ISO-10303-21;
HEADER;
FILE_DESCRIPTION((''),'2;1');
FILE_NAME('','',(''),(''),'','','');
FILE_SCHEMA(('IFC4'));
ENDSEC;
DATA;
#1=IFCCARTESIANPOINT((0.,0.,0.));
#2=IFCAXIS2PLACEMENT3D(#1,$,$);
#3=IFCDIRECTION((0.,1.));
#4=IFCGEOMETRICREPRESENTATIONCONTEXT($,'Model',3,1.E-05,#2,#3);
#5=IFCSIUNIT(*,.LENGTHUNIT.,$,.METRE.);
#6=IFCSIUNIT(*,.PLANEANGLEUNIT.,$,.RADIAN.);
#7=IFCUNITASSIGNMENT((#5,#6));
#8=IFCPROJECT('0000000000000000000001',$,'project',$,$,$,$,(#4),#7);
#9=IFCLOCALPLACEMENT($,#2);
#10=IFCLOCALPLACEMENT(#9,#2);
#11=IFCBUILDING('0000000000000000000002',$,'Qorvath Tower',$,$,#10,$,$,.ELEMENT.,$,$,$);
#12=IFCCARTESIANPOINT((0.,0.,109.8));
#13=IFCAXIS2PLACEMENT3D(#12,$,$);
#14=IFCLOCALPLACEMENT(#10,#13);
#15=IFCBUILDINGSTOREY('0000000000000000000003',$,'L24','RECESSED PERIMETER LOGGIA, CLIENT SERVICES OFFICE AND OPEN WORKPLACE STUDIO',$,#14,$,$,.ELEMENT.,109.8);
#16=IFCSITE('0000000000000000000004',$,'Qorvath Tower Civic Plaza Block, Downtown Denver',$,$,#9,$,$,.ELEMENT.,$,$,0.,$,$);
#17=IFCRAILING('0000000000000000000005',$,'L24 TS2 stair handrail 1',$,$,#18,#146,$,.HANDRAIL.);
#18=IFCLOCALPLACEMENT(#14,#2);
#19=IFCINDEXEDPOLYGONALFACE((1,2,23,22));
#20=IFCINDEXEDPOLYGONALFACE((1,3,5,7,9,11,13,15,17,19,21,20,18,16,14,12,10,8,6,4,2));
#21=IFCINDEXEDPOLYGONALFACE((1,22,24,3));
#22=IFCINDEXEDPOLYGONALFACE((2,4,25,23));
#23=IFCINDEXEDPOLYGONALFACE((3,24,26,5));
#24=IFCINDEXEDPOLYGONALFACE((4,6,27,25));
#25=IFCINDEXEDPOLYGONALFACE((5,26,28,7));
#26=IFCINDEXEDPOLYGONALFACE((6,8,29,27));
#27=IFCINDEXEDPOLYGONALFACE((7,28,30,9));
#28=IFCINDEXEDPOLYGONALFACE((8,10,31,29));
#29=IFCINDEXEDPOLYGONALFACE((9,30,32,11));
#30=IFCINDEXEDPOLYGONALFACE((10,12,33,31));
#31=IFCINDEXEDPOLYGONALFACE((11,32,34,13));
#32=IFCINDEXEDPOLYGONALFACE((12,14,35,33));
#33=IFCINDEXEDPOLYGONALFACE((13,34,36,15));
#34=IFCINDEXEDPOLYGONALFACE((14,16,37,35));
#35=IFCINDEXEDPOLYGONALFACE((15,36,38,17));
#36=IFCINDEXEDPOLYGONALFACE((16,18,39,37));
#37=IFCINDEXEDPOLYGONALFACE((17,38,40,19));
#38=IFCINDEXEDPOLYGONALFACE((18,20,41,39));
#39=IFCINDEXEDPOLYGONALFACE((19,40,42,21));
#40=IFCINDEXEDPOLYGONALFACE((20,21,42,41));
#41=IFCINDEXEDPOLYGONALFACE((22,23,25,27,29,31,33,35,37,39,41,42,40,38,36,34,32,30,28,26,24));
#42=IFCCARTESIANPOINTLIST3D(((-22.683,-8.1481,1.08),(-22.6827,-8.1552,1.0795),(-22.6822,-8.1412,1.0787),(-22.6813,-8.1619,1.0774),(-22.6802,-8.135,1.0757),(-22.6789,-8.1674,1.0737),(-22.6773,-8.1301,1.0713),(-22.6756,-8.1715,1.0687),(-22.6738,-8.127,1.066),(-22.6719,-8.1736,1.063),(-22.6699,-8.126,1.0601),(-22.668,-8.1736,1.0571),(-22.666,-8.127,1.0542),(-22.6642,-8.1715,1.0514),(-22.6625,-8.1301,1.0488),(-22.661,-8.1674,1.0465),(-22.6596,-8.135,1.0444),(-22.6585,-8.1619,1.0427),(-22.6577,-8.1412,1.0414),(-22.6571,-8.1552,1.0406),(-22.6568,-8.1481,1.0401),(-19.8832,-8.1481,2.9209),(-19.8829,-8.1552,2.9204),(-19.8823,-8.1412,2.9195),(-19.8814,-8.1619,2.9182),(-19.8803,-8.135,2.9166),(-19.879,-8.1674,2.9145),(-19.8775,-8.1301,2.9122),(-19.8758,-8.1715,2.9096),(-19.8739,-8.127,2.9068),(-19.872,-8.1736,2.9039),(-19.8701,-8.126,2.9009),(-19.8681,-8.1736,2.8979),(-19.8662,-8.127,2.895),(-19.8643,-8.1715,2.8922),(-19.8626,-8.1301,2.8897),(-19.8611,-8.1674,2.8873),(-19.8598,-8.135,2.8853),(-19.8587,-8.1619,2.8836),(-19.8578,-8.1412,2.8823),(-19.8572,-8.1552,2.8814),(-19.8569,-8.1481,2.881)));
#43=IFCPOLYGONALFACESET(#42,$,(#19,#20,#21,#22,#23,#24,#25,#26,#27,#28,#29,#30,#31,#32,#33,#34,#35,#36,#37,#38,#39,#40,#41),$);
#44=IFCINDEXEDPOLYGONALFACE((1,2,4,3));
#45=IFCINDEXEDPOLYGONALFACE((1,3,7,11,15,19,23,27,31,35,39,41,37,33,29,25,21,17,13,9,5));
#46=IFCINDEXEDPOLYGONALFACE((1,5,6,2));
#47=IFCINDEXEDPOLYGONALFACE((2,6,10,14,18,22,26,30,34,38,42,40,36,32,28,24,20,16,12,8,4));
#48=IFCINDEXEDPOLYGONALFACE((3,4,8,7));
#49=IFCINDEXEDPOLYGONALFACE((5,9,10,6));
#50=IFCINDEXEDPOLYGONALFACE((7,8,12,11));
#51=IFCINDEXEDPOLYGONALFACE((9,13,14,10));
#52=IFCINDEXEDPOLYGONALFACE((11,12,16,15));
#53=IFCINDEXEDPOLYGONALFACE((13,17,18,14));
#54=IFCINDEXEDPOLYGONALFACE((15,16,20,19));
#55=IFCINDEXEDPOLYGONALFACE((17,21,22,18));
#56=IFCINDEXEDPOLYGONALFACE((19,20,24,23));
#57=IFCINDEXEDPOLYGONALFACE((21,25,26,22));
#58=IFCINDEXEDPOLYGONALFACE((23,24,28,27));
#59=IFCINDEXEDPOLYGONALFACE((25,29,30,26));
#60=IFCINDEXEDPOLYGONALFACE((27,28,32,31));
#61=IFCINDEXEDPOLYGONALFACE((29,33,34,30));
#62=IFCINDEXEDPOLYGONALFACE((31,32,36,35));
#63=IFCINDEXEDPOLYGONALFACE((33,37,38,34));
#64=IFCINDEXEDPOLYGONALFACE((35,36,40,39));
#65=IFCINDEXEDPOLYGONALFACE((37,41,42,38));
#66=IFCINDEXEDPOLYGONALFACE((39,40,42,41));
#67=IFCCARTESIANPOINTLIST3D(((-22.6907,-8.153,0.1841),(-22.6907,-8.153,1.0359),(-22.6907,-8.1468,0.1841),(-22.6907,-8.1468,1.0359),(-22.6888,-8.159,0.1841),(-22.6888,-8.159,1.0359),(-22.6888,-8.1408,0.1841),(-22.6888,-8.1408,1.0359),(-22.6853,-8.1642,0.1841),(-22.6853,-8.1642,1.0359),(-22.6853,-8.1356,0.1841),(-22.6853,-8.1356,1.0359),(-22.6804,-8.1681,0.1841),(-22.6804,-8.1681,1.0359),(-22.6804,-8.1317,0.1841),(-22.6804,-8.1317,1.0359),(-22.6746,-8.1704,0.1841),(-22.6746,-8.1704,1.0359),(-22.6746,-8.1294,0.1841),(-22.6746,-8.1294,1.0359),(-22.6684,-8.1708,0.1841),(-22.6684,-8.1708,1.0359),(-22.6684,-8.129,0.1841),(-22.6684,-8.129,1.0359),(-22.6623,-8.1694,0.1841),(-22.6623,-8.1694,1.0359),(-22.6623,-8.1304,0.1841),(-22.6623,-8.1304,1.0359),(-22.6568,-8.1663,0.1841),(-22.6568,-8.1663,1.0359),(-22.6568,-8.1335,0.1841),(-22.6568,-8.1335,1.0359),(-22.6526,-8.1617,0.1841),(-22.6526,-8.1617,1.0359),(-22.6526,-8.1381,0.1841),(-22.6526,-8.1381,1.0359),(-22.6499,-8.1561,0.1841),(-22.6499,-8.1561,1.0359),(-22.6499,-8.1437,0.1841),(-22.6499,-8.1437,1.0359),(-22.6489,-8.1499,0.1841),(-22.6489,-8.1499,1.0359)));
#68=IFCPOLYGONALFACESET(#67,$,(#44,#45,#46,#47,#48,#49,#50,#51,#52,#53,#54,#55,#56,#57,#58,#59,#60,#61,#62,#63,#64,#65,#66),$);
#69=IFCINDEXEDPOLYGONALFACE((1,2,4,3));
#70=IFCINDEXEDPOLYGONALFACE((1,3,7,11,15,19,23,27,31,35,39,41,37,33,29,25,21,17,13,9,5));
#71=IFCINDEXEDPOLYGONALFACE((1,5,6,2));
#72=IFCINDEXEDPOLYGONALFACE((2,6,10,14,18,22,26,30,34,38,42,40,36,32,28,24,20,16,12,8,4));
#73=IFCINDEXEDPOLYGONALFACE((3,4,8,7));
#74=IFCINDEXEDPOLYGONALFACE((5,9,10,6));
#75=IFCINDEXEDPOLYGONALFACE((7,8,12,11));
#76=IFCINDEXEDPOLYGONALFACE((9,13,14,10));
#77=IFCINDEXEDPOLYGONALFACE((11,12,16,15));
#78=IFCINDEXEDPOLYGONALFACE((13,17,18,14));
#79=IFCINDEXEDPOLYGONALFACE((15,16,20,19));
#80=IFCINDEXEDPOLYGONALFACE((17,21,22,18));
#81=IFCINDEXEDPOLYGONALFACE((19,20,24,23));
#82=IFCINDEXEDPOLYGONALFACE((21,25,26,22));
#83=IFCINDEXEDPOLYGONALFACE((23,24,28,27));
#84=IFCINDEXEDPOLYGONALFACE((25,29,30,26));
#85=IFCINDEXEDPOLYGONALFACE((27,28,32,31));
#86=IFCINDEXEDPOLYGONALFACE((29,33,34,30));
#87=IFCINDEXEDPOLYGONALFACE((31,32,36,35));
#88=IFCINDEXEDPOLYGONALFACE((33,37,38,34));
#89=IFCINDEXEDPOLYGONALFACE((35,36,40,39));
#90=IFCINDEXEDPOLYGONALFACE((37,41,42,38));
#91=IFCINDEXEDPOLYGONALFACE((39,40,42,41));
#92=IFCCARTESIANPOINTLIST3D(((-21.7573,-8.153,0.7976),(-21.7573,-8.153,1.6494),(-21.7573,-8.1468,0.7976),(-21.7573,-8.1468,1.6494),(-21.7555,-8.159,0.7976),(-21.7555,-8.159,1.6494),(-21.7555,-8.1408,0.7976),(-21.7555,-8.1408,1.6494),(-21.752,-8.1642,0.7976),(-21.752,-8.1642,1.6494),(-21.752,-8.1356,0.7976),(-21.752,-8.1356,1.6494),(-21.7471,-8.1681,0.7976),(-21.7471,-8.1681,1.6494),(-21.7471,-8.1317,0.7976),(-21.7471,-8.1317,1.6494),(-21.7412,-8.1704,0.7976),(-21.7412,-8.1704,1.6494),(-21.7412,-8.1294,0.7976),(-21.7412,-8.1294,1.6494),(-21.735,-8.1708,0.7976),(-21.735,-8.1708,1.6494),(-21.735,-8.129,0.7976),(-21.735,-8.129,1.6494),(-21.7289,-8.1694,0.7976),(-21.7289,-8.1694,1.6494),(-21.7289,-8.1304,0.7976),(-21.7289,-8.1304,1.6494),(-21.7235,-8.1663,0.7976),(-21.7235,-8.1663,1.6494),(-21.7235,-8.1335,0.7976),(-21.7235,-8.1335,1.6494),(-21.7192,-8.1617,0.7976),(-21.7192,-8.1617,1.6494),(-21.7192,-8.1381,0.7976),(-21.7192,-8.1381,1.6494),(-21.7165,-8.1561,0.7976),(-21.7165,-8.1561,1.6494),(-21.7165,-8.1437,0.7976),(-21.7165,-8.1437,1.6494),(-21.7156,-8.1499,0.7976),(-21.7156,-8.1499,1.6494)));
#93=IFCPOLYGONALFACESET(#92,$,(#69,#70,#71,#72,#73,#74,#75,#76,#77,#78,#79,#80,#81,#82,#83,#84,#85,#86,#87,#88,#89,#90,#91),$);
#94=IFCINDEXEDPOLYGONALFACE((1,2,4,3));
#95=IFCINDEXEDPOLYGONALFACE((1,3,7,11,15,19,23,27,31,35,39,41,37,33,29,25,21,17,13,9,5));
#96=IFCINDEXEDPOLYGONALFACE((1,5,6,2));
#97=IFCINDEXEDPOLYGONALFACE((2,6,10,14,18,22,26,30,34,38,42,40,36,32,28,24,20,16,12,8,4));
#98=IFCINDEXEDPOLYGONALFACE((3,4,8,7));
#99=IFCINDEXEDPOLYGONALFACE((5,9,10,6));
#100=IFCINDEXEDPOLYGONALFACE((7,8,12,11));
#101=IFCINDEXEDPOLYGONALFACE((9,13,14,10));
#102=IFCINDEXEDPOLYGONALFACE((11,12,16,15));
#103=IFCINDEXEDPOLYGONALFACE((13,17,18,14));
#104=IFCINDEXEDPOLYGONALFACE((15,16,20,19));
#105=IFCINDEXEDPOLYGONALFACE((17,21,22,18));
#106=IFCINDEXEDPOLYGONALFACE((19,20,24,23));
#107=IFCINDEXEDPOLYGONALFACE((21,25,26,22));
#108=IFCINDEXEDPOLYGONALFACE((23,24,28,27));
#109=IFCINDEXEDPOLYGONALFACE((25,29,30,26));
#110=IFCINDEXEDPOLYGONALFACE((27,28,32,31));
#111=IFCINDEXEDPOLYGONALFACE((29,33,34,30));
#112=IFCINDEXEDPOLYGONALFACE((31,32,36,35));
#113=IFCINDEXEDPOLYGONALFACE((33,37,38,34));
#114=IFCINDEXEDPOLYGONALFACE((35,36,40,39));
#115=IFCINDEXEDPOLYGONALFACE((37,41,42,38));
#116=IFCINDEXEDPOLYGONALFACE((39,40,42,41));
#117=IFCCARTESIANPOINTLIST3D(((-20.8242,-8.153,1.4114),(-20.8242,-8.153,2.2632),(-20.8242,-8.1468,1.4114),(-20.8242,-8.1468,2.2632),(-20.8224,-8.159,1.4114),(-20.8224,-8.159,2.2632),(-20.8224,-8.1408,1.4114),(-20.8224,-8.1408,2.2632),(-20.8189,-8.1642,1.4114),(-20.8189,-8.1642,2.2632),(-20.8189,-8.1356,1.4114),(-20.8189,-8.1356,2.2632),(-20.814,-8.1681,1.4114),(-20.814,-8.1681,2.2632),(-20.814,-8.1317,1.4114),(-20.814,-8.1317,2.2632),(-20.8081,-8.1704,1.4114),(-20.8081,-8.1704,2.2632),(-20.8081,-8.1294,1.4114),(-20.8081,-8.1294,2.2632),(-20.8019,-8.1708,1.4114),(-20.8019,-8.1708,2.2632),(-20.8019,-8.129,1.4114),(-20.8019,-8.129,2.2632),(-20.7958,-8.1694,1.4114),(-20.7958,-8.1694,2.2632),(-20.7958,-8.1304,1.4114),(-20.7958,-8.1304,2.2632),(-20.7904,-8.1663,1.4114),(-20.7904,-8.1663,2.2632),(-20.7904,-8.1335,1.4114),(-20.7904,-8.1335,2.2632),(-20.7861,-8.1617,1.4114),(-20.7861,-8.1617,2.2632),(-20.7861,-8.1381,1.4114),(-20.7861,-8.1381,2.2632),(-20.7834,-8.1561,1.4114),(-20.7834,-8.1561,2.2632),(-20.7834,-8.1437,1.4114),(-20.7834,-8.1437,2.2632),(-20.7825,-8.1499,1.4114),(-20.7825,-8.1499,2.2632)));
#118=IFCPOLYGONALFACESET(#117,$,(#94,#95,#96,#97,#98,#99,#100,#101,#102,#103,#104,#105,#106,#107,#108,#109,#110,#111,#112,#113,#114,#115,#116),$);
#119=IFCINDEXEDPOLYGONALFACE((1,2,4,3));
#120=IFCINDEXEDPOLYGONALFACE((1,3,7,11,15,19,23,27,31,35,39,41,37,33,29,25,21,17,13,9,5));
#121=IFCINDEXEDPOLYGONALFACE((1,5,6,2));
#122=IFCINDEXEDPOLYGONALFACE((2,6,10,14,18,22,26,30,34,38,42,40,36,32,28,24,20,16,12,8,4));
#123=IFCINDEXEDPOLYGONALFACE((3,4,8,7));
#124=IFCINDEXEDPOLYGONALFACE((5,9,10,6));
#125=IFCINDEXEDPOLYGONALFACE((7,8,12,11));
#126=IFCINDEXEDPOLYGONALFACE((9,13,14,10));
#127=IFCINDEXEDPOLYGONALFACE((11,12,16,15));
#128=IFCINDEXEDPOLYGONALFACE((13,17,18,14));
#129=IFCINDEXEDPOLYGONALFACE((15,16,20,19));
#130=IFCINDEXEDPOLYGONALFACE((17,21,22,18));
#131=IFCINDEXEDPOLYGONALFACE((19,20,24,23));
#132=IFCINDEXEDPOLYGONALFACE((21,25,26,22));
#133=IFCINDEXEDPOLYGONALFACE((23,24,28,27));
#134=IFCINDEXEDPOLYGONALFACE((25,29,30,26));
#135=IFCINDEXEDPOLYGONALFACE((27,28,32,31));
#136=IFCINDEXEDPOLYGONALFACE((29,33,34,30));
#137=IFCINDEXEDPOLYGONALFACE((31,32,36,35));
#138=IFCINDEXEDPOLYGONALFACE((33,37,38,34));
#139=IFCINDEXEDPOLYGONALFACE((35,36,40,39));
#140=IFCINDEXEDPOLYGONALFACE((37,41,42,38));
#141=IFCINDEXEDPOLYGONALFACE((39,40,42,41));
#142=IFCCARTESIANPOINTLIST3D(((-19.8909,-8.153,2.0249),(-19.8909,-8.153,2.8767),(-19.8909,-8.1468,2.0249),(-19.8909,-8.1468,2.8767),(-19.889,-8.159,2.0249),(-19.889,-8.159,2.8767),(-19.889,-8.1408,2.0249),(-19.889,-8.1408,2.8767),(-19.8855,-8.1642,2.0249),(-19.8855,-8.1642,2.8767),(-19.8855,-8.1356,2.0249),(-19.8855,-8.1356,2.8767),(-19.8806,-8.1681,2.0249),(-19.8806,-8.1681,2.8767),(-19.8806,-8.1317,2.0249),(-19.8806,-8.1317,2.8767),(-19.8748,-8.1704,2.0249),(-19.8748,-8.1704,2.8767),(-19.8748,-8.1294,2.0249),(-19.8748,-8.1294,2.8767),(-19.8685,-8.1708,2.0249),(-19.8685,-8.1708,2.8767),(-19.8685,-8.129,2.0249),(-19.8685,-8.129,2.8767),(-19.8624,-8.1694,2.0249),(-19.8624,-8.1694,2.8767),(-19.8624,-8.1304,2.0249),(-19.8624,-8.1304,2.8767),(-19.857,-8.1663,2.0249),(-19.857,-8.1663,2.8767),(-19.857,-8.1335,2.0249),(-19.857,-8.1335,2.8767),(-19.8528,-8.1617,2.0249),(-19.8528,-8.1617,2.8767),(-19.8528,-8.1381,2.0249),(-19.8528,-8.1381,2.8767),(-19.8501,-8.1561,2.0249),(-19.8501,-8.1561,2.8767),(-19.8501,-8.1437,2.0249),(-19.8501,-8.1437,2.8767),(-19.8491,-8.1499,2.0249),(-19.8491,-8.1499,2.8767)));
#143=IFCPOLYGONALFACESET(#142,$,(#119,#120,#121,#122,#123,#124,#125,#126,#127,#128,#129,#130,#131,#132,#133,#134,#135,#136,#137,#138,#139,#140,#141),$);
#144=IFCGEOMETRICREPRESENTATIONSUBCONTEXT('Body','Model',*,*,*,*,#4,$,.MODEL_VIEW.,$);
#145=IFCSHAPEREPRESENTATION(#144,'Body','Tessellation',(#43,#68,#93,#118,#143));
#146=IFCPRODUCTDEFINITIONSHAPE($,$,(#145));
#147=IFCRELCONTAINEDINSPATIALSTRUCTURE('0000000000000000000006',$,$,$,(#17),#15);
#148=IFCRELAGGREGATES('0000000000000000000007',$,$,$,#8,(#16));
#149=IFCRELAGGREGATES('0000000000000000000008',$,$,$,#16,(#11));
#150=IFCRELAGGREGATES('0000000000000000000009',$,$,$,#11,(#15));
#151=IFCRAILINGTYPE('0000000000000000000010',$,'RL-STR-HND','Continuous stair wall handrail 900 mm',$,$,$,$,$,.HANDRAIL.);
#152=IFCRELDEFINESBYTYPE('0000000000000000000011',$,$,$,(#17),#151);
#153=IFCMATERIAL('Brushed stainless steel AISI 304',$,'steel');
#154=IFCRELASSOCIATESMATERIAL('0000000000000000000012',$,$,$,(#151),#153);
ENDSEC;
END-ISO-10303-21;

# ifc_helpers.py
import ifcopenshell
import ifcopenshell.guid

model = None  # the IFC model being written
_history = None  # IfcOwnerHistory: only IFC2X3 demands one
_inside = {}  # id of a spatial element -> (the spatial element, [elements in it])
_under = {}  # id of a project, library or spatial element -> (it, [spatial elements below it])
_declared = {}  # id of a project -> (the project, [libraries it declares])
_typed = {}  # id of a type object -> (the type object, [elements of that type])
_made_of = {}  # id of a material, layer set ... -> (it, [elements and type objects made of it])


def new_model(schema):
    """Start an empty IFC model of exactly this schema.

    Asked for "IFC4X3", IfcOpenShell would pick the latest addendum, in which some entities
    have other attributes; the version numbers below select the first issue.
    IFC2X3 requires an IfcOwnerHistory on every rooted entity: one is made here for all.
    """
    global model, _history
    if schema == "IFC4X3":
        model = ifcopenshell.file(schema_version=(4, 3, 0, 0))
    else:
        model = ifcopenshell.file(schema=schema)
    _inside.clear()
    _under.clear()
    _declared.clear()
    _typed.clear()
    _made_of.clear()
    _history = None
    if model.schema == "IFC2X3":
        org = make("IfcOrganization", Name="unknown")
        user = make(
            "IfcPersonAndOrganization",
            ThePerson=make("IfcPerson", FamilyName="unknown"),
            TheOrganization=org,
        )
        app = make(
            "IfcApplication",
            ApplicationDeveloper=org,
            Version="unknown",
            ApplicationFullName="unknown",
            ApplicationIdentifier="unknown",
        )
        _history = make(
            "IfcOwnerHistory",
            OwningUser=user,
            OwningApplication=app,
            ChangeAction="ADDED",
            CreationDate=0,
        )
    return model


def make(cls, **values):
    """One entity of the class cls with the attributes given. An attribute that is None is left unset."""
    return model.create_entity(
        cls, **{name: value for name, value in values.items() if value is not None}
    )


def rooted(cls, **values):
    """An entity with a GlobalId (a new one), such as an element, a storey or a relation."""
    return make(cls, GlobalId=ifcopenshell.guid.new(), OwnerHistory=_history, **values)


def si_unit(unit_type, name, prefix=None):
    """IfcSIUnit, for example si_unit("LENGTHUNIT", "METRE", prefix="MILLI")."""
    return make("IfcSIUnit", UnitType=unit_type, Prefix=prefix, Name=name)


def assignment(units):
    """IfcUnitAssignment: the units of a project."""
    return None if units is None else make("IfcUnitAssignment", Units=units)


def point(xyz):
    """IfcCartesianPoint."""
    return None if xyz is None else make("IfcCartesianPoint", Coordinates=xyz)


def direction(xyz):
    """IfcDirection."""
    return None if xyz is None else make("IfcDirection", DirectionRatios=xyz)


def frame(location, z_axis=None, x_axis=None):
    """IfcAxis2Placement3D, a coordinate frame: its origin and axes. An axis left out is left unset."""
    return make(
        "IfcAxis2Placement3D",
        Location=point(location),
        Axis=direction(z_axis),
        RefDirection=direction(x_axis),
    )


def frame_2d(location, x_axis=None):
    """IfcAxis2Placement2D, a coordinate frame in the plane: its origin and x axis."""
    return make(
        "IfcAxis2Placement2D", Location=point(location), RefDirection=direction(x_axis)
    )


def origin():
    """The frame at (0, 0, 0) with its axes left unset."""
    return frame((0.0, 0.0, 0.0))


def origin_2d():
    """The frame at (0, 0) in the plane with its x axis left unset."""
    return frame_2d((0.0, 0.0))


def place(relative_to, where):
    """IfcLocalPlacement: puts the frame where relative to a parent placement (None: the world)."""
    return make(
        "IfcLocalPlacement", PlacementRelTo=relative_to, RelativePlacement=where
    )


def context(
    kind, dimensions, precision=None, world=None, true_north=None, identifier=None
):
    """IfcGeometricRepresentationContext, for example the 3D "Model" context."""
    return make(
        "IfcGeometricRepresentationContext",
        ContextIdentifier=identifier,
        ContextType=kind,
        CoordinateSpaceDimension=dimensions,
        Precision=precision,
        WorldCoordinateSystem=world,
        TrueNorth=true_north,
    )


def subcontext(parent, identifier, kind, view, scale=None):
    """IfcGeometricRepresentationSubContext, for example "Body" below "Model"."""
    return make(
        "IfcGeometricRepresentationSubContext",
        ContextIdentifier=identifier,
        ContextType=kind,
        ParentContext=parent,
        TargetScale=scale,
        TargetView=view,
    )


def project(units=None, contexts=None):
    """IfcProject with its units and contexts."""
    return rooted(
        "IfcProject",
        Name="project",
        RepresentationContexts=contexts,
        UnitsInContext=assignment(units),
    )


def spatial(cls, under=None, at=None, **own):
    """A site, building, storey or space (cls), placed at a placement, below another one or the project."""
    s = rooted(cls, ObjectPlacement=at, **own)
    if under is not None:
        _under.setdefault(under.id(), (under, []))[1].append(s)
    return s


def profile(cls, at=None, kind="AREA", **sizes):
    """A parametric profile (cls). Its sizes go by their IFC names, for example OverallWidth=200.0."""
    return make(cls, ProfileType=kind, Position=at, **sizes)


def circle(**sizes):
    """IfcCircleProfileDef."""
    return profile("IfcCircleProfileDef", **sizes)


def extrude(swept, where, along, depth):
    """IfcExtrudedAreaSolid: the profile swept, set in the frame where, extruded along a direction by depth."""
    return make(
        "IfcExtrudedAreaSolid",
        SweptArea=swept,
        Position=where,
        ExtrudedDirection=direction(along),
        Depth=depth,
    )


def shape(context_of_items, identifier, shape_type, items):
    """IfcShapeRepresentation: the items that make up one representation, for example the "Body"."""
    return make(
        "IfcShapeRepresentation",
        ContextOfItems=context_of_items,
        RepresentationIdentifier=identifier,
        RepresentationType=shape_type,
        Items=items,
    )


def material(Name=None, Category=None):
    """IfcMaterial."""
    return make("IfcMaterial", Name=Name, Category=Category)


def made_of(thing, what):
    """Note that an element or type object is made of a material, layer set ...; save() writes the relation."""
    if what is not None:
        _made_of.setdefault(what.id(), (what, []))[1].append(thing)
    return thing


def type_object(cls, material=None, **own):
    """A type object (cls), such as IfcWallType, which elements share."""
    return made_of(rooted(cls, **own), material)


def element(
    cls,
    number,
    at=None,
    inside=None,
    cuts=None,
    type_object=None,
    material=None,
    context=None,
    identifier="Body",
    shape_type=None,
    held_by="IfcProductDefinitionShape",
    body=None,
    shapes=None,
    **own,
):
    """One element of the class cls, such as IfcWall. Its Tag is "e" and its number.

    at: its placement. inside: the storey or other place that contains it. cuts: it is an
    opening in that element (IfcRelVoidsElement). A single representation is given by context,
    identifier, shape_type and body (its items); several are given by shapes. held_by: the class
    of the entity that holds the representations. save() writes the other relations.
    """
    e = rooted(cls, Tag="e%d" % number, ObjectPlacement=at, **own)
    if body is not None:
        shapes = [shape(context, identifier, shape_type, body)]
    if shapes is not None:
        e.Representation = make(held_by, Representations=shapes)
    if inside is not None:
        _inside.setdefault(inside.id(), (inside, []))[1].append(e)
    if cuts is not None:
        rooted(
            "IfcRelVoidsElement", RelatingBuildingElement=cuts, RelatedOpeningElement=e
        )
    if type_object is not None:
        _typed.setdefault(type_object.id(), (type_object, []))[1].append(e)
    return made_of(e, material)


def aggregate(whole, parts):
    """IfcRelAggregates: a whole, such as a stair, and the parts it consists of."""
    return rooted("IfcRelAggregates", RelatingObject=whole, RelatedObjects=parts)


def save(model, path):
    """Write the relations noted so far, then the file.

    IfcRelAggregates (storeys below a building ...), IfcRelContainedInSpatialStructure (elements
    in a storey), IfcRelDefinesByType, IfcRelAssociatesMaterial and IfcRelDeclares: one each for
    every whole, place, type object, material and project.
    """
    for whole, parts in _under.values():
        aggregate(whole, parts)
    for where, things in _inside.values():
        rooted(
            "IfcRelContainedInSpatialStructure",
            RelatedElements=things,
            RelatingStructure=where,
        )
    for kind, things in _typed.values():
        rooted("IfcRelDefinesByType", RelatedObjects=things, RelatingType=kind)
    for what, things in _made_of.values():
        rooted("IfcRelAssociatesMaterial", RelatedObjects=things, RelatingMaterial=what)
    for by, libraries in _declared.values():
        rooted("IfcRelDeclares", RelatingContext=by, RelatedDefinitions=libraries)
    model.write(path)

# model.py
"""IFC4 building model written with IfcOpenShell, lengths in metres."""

from ifc_helpers import new_model, si_unit, direction, frame, origin, origin_2d, place, context, subcontext, project, spatial, circle, extrude, material, type_object, element, save


model = new_model("IFC4")

# Units and contexts
model_context = context("Model", 3, precision=1e-05, world=origin(), true_north=direction((0.0, 1.0)))
body_context = subcontext(model_context, "Body", "Model", "MODEL_VIEW")
ifc_project = project(units=[si_unit("LENGTHUNIT", "METRE"), si_unit("PLANEANGLEUNIT", "RADIAN")], contexts=[model_context])

# Site, building, storey
site_placement = place(None, origin())
site = spatial("IfcSite", under=ifc_project, at=site_placement, Name="Qorvath Tower Civic Plaza Block, Downtown Denver", CompositionType="ELEMENT", RefElevation=0.0)
building_placement = place(site_placement, origin())
building = spatial("IfcBuilding", under=site, at=building_placement, Name="Qorvath Tower", CompositionType="ELEMENT")
storey_placement = place(building_placement, frame((0.0, 0.0, 109.8)))
storey = spatial("IfcBuildingStorey", under=building, at=storey_placement, Name="L24", Description="RECESSED PERIMETER LOGGIA, CLIENT SERVICES OFFICE AND OPEN WORKPLACE STUDIO", CompositionType="ELEMENT", Elevation=109.8)

# Railing
ifc_material_1 = material(Name="Brushed stainless steel AISI 304", Category="steel")
railing_type_1 = type_object("IfcRailingType", Name="RL-STR-HND", Description="Continuous stair wall handrail 900 mm", PredefinedType="HANDRAIL", material=ifc_material_1)
railing_1_placement = place(storey_placement, frame((-22.6699, -8.1499, 0.1841)))
element("IfcRailing", 1, at=railing_1_placement, inside=storey, type_object=railing_type_1, Name="L24 TS2 stair handrail 1", PredefinedType="HANDRAIL", context=body_context, shape_type="SweptSolid", body=[
    extrude(circle(Radius=0.0239, at=origin_2d()), frame((0.0, 0.0, 0.876), z_axis=(0.835576, 0.0, 0.549376), x_axis=(0.0, 1.0, 0.0)), (0.0, 0.0, 1.0), 3.3508),
    extrude(circle(Radius=0.021, at=origin_2d()), origin(), (0.0, 0.0, 1.0), 0.8518),
    extrude(circle(Radius=0.021, at=origin_2d()), frame((0.9333, 0.0, 0.6135)), (0.0, 0.0, 1.0), 0.8518),
    extrude(circle(Radius=0.021, at=origin_2d()), frame((1.8665, 0.0, 1.2273)), (0.0, 0.0, 1.0), 0.8518),
    extrude(circle(Radius=0.021, at=origin_2d()), frame((2.7998, 0.0, 1.8408)), (0.0, 0.0, 1.0), 0.8518),
])

save(model, "model.ifc")
